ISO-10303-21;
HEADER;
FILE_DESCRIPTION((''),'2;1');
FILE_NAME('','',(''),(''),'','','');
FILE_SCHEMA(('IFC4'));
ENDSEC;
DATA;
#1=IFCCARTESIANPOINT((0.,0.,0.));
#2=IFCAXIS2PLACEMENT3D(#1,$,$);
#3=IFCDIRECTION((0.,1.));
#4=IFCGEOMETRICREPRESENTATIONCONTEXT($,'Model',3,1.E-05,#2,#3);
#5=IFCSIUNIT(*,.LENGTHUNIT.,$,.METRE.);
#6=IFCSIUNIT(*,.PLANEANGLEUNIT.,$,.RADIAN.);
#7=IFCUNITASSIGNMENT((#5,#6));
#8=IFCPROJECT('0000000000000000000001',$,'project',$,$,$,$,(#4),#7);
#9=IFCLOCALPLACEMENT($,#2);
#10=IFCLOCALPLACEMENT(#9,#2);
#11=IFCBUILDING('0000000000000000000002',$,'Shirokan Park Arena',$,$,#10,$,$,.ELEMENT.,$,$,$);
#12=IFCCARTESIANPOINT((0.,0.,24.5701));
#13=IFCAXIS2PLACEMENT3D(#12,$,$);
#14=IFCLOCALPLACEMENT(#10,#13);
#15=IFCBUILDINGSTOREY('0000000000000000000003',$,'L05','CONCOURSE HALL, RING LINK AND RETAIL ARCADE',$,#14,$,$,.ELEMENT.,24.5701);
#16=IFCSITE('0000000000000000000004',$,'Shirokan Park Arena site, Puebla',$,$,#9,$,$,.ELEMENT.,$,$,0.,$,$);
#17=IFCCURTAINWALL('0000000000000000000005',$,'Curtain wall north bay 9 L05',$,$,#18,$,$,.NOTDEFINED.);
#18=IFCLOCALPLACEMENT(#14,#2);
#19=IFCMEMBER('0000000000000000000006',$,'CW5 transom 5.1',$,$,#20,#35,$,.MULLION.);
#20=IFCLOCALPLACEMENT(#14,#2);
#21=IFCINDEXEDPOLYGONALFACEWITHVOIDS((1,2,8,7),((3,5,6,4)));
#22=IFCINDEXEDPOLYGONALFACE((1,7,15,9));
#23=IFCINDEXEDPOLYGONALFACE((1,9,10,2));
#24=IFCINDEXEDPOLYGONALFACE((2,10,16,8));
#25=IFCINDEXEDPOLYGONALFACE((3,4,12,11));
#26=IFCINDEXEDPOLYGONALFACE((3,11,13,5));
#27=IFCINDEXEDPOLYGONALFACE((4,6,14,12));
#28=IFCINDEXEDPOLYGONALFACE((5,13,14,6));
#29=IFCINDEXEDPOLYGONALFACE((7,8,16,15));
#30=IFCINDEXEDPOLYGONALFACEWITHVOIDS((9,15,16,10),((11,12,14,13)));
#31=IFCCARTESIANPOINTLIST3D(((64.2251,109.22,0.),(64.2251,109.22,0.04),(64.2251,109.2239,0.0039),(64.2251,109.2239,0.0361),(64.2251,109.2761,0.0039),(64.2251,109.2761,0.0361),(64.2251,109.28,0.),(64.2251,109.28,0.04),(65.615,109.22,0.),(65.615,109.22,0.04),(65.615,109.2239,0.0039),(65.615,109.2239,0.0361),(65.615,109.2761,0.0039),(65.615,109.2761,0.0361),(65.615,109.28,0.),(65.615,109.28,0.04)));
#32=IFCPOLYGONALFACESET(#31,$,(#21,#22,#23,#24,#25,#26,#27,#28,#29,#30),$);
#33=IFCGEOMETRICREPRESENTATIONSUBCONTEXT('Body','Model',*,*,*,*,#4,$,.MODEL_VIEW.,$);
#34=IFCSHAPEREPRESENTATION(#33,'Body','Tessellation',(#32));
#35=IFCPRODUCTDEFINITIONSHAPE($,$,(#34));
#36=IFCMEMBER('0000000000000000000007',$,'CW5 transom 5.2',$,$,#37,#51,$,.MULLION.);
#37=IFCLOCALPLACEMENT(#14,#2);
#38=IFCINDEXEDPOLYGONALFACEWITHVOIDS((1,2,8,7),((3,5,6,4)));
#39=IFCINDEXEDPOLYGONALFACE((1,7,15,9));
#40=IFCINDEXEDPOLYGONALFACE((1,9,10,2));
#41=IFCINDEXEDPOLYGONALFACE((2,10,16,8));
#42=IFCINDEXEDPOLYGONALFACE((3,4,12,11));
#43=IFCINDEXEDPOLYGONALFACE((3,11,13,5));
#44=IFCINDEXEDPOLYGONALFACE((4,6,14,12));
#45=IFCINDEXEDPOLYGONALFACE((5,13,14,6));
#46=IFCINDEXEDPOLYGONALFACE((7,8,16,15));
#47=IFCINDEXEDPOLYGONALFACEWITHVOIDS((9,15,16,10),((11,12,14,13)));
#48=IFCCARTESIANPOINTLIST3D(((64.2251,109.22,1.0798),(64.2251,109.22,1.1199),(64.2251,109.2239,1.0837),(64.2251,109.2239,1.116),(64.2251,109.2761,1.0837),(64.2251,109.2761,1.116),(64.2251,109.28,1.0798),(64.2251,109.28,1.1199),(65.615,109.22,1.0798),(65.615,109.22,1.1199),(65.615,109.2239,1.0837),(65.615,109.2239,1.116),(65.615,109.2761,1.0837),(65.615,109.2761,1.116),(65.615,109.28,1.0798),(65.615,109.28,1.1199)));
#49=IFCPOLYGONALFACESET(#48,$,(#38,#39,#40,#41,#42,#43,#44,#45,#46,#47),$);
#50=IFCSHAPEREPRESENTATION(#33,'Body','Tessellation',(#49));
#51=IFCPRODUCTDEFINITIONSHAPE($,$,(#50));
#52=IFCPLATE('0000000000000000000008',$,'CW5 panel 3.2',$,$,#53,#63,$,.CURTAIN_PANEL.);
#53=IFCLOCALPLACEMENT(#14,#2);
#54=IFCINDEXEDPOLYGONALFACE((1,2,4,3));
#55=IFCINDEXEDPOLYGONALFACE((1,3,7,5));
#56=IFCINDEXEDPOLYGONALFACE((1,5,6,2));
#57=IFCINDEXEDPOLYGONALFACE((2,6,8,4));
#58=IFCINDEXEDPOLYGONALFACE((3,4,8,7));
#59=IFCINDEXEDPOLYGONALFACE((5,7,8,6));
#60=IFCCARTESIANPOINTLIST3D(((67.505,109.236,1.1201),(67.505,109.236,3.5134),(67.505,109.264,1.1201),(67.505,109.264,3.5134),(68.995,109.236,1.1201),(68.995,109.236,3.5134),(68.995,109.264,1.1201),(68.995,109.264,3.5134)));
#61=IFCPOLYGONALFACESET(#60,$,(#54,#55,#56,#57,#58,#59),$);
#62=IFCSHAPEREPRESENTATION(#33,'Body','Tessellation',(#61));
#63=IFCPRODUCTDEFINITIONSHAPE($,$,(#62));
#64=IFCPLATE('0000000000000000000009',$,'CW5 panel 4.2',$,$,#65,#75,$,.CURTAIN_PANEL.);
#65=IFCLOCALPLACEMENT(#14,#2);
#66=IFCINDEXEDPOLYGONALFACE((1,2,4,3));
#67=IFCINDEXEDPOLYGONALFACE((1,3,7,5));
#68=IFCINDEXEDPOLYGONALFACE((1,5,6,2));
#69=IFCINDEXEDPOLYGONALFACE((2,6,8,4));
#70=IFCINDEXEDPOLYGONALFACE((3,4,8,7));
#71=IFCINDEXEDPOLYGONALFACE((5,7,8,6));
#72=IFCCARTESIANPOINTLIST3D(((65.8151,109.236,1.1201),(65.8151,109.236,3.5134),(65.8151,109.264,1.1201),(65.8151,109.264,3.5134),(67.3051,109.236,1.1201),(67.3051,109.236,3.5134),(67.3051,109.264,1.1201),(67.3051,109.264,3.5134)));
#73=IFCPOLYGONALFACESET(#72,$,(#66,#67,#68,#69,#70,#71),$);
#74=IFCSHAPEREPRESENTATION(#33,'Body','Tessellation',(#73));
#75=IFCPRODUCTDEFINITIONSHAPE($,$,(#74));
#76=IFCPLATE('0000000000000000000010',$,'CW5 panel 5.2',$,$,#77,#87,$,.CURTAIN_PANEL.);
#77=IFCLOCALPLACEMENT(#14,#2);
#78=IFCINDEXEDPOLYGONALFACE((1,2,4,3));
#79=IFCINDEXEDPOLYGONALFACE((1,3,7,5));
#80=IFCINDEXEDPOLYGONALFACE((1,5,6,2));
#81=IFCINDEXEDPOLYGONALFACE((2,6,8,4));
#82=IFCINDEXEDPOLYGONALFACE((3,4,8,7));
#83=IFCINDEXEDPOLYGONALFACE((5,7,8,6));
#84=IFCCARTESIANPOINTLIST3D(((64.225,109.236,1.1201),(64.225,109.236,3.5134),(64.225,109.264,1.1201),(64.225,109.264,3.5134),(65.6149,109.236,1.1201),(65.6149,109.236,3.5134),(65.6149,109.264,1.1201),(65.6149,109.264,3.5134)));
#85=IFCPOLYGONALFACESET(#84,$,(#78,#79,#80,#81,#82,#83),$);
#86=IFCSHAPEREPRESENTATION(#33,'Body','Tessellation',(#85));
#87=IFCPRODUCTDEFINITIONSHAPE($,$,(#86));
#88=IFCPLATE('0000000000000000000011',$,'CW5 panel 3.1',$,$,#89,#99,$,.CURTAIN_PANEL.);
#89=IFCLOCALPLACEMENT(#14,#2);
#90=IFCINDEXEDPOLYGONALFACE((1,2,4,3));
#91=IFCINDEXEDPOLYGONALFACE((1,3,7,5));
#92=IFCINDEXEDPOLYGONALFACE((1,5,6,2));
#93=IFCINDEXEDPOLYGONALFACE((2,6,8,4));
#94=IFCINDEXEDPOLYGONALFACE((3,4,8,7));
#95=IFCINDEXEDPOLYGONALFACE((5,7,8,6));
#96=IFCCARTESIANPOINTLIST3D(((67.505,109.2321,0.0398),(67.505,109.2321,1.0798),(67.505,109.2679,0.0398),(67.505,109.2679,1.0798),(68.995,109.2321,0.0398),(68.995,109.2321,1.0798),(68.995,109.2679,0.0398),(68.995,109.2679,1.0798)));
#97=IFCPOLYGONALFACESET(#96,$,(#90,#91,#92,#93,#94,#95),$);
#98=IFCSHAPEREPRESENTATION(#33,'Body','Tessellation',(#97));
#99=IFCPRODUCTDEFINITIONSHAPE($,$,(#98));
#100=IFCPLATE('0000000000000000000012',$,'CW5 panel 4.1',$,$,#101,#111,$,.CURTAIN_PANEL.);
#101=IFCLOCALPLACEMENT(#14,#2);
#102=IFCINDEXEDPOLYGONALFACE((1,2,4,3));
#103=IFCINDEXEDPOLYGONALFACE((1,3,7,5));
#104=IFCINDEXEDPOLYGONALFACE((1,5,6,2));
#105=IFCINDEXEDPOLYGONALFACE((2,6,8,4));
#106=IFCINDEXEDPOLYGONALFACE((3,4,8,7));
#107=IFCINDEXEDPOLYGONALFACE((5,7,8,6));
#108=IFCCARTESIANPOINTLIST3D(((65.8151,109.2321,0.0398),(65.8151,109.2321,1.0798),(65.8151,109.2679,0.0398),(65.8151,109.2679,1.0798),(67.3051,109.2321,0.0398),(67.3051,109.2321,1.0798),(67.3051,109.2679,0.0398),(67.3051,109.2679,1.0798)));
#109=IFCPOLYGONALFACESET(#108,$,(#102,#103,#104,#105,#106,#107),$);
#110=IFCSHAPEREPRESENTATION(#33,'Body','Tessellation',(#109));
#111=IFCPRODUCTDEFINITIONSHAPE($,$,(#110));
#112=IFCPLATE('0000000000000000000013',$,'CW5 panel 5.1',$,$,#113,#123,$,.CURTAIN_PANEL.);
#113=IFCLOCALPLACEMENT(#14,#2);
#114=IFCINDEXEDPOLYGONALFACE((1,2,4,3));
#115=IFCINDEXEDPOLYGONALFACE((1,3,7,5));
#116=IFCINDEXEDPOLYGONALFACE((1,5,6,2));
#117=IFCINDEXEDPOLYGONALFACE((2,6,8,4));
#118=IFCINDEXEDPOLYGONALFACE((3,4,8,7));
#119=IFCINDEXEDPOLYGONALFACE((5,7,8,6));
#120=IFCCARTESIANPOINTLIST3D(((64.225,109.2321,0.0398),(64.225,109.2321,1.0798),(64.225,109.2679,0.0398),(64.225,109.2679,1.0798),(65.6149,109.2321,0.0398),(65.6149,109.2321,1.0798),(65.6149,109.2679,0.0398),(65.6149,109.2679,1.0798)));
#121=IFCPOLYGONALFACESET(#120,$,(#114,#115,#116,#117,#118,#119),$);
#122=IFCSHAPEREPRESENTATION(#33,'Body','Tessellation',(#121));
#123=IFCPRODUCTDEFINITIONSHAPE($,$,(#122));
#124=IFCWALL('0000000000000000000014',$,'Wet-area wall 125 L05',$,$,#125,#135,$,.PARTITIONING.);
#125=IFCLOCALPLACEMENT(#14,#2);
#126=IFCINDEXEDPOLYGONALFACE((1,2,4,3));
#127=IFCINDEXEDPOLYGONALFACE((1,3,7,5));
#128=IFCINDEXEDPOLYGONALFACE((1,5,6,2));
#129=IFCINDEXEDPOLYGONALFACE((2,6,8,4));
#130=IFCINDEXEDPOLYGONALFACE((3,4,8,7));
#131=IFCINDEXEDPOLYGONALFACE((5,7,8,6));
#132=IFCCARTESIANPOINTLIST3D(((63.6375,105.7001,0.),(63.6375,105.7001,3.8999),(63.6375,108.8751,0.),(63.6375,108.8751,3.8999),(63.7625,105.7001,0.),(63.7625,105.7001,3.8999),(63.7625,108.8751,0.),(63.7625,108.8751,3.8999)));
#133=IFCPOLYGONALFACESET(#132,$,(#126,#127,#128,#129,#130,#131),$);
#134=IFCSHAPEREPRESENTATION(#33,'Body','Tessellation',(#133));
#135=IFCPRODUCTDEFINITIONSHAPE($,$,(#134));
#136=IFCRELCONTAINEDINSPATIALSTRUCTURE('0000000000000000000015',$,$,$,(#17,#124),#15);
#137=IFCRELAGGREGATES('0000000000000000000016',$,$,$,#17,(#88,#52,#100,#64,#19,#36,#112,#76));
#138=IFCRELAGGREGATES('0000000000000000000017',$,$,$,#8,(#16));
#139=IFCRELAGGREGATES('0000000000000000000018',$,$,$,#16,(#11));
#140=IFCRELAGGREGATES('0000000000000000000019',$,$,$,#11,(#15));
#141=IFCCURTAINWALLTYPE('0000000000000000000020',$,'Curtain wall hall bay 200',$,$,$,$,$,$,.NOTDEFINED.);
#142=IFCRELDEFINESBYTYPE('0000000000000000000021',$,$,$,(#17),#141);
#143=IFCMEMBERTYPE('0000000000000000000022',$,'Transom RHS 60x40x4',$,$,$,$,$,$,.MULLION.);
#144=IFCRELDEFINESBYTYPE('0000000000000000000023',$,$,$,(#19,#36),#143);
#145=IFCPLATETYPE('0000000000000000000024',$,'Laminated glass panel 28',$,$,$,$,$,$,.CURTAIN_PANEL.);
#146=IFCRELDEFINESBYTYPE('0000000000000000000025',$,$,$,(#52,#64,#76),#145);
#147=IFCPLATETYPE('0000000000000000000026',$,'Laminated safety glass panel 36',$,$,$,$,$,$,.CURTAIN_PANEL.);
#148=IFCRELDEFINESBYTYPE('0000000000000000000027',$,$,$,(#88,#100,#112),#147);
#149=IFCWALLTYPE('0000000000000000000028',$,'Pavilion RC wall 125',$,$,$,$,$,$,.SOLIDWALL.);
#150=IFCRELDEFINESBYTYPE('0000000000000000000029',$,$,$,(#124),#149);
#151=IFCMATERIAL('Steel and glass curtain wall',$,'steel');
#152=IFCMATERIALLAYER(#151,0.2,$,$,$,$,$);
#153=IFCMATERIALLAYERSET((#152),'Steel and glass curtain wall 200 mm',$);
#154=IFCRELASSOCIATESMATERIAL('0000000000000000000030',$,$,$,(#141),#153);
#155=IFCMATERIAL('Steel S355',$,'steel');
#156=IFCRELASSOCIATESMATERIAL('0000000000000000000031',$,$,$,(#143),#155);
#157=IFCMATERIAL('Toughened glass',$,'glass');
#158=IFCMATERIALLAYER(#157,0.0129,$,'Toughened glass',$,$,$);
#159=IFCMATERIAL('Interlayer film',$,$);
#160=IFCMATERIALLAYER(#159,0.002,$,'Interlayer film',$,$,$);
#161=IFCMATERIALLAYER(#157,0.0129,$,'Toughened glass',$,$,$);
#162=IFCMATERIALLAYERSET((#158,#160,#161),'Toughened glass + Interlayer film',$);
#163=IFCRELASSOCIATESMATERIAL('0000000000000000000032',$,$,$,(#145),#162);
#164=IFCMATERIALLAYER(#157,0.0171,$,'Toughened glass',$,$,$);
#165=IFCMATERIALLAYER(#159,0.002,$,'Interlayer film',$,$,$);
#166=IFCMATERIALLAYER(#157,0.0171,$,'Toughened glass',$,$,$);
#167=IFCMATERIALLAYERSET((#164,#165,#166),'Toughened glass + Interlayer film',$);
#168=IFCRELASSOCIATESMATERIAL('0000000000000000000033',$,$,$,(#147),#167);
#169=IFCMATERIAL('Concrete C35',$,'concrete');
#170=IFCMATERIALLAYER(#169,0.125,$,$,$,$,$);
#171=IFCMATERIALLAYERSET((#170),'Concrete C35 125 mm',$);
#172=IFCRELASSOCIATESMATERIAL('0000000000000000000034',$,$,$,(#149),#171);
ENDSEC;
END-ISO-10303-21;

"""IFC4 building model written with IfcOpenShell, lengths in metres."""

from ifc_helpers import new_model, si_unit, direction, frame, frame_2d, origin, origin_2d, place, context, subcontext, project, spatial, rectangle, hollow_rectangle, extrude, material, layer, layer_set, material_profile, profile_set, type_object, element, aggregate, save


model = new_model("IFC4")

# Units and contexts
model_context = context("Model", 3, precision=1e-05, world=origin(), true_north=direction((0.0, 1.0)))
body_context = subcontext(model_context, "Body", "Model", "MODEL_VIEW")
ifc_project = project(units=[si_unit("LENGTHUNIT", "METRE"), si_unit("PLANEANGLEUNIT", "RADIAN")], contexts=[model_context])

# Site, building, storey
site_placement = place(None, origin())
site = spatial("IfcSite", under=ifc_project, at=site_placement, Name="Shirokan Park Arena site, Puebla", CompositionType="ELEMENT", RefElevation=0.0)
building_placement = place(site_placement, origin())
building = spatial("IfcBuilding", under=site, at=building_placement, Name="Shirokan Park Arena", CompositionType="ELEMENT")
storey_placement = place(building_placement, frame((0.0, 0.0, 24.5701)))
storey = spatial("IfcBuildingStorey", under=building, at=storey_placement, Name="L05", Description="CONCOURSE HALL, RING LINK AND RETAIL ARCADE", CompositionType="ELEMENT", Elevation=24.5701)

# Shared definitions
ifc_material_1 = material(Name="Concrete C35", Category="concrete")

# Curtain wall
ifc_material_2 = material(Name="Steel and glass curtain wall", Category="steel")
ifc_layer_1 = layer(ifc_material_2, 0.2)
ifc_layer_set_1 = layer_set([ifc_layer_1], Name="Steel and glass curtain wall 200 mm")
curtain_wall_type = type_object("IfcCurtainWallType", Name="Curtain wall hall bay 200", PredefinedType="NOTDEFINED", material=ifc_layer_set_1)
curtain_wall_placement = place(storey_placement, origin())
curtain_wall = element("IfcCurtainWall", 1, at=curtain_wall_placement, inside=storey, type_object=curtain_wall_type, Name="Curtain wall north bay 9 L05", PredefinedType="NOTDEFINED")
ifc_material_3 = material(Name="Steel S355", Category="steel")

# Members
ifc_material_profile_1 = material_profile(ifc_material_3, hollow_rectangle(XDim=0.0601, YDim=0.04, WallThickness=0.0039, at=origin_2d()), Name="RHS 60x40x4")
ifc_profile_set_1 = profile_set([ifc_material_profile_1], Name="Steel S355")
member_type_1 = type_object("IfcMemberType", Name="Transom RHS 60x40x4", PredefinedType="MULLION", material=ifc_profile_set_1)
member_1_placement = place(storey_placement, frame((65.615, 109.25, 0.02), z_axis=(-1.0, 0.0, 0.0), x_axis=(0.0, -1.0, 0.0)))
member_1 = element("IfcMember", 2, at=member_1_placement, type_object=member_type_1, Name="CW5 transom 5.1", PredefinedType="MULLION", context=body_context, shape_type="SweptSolid", body=[
    extrude(hollow_rectangle(XDim=0.0601, YDim=0.04, WallThickness=0.0039, at=origin_2d()), origin(), (0.0, 0.0, 1.0), 1.3899),
])
member_2_placement = place(storey_placement, frame((65.615, 109.25, 1.0999), z_axis=(-1.0, 0.0, 0.0), x_axis=(0.0, -1.0, 0.0)))
member_2 = element("IfcMember", 3, at=member_2_placement, type_object=member_type_1, Name="CW5 transom 5.2", PredefinedType="MULLION", context=body_context, shape_type="SweptSolid", body=[
    extrude(hollow_rectangle(XDim=0.0601, YDim=0.04, WallThickness=0.0039, at=origin_2d()), origin(), (0.0, 0.0, 1.0), 1.3899),
])

# Plates
ifc_material_4 = material(Name="Toughened glass", Category="glass")
ifc_layer_2 = layer(ifc_material_4, 0.0129, Name="Toughened glass")
ifc_material_5 = material(Name="Interlayer film")
ifc_layer_3 = layer(ifc_material_5, 0.002, Name="Interlayer film")
ifc_layer_4 = layer(ifc_material_4, 0.0129, Name="Toughened glass")
ifc_layer_set_2 = layer_set([ifc_layer_2, ifc_layer_3, ifc_layer_4], Name="Toughened glass + Interlayer film")
plate_type_1 = type_object("IfcPlateType", Name="Laminated glass panel 28", PredefinedType="CURTAIN_PANEL", material=ifc_layer_set_2)
plate_1_placement = place(storey_placement, frame((68.25, 109.25, 1.1201), z_axis=(0.0, 0.0, 1.0), x_axis=(-1.0, 0.0, 0.0)))
plate_1 = element("IfcPlate", 4, at=plate_1_placement, type_object=plate_type_1, Name="CW5 panel 3.2", PredefinedType="CURTAIN_PANEL", context=body_context, shape_type="SweptSolid", body=[
    extrude(rectangle(XDim=1.49, YDim=0.0281, at=origin_2d()), origin(), (0.0, 0.0, 1.0), 2.3933),
])
plate_2_placement = place(storey_placement, frame((66.5601, 109.25, 1.1201), z_axis=(0.0, 0.0, 1.0), x_axis=(-1.0, 0.0, 0.0)))
plate_2 = element("IfcPlate", 5, at=plate_2_placement, type_object=plate_type_1, Name="CW5 panel 4.2", PredefinedType="CURTAIN_PANEL", context=body_context, shape_type="SweptSolid", body=[
    extrude(rectangle(XDim=1.49, YDim=0.0281, at=origin_2d()), origin(), (0.0, 0.0, 1.0), 2.3933),
])
plate_3_placement = place(storey_placement, frame((64.9199, 109.25, 1.1201), z_axis=(0.0, 0.0, 1.0), x_axis=(-1.0, 0.0, 0.0)))
plate_3 = element("IfcPlate", 6, at=plate_3_placement, type_object=plate_type_1, Name="CW5 panel 5.2", PredefinedType="CURTAIN_PANEL", context=body_context, shape_type="SweptSolid", body=[
    extrude(rectangle(XDim=1.3899, YDim=0.0281, at=origin_2d()), origin(), (0.0, 0.0, 1.0), 2.3933),
])
ifc_layer_5 = layer(ifc_material_4, 0.0171, Name="Toughened glass")
ifc_layer_6 = layer(ifc_material_5, 0.002, Name="Interlayer film")
ifc_layer_7 = layer(ifc_material_4, 0.0171, Name="Toughened glass")
ifc_layer_set_3 = layer_set([ifc_layer_5, ifc_layer_6, ifc_layer_7], Name="Toughened glass + Interlayer film")
plate_type_2 = type_object("IfcPlateType", Name="Laminated safety glass panel 36", PredefinedType="CURTAIN_PANEL", material=ifc_layer_set_3)
plate_4_placement = place(storey_placement, frame((68.25, 109.25, 0.0398), z_axis=(0.0, 0.0, 1.0), x_axis=(-1.0, 0.0, 0.0)))
plate_4 = element("IfcPlate", 7, at=plate_4_placement, type_object=plate_type_2, Name="CW5 panel 3.1", PredefinedType="CURTAIN_PANEL", context=body_context, shape_type="SweptSolid", body=[
    extrude(rectangle(XDim=1.49, YDim=0.0359, at=origin_2d()), origin(), (0.0, 0.0, 1.0), 1.04),
])
plate_5_placement = place(storey_placement, frame((66.5601, 109.25, 0.0398), z_axis=(0.0, 0.0, 1.0), x_axis=(-1.0, 0.0, 0.0)))
plate_5 = element("IfcPlate", 8, at=plate_5_placement, type_object=plate_type_2, Name="CW5 panel 4.1", PredefinedType="CURTAIN_PANEL", context=body_context, shape_type="SweptSolid", body=[
    extrude(rectangle(XDim=1.49, YDim=0.0359, at=origin_2d()), origin(), (0.0, 0.0, 1.0), 1.04),
])
plate_6_placement = place(storey_placement, frame((64.9199, 109.25, 0.0398), z_axis=(0.0, 0.0, 1.0), x_axis=(-1.0, 0.0, 0.0)))
plate_6 = element("IfcPlate", 9, at=plate_6_placement, type_object=plate_type_2, Name="CW5 panel 5.1", PredefinedType="CURTAIN_PANEL", context=body_context, shape_type="SweptSolid", body=[
    extrude(rectangle(XDim=1.3899, YDim=0.0359, at=origin_2d()), origin(), (0.0, 0.0, 1.0), 1.04),
])
aggregate(curtain_wall, [plate_4, plate_1, plate_5, plate_2, member_1, member_2, plate_6, plate_3])

# Wall
ifc_layer_8 = layer(ifc_material_1, 0.125)
ifc_layer_set_4 = layer_set([ifc_layer_8], Name="Concrete C35 125 mm")
wall_type = type_object("IfcWallType", Name="Pavilion RC wall 125", PredefinedType="SOLIDWALL", material=ifc_layer_set_4)
wall_placement = place(storey_placement, frame((63.7, 108.875, 0.0), z_axis=(0.0, 0.0, 1.0), x_axis=(0.0, -1.0, 0.0)))
element("IfcWall", 10, at=wall_placement, inside=storey, type_object=wall_type, Name="Wet-area wall 125 L05", PredefinedType="PARTITIONING", context=body_context, shape_type="SweptSolid", body=[
    extrude(rectangle(XDim=3.175, YDim=0.125, at=frame_2d((1.5874, 0.0))), origin(), (0.0, 0.0, 1.0), 3.8999),
])

save(model, "model.ifc")
